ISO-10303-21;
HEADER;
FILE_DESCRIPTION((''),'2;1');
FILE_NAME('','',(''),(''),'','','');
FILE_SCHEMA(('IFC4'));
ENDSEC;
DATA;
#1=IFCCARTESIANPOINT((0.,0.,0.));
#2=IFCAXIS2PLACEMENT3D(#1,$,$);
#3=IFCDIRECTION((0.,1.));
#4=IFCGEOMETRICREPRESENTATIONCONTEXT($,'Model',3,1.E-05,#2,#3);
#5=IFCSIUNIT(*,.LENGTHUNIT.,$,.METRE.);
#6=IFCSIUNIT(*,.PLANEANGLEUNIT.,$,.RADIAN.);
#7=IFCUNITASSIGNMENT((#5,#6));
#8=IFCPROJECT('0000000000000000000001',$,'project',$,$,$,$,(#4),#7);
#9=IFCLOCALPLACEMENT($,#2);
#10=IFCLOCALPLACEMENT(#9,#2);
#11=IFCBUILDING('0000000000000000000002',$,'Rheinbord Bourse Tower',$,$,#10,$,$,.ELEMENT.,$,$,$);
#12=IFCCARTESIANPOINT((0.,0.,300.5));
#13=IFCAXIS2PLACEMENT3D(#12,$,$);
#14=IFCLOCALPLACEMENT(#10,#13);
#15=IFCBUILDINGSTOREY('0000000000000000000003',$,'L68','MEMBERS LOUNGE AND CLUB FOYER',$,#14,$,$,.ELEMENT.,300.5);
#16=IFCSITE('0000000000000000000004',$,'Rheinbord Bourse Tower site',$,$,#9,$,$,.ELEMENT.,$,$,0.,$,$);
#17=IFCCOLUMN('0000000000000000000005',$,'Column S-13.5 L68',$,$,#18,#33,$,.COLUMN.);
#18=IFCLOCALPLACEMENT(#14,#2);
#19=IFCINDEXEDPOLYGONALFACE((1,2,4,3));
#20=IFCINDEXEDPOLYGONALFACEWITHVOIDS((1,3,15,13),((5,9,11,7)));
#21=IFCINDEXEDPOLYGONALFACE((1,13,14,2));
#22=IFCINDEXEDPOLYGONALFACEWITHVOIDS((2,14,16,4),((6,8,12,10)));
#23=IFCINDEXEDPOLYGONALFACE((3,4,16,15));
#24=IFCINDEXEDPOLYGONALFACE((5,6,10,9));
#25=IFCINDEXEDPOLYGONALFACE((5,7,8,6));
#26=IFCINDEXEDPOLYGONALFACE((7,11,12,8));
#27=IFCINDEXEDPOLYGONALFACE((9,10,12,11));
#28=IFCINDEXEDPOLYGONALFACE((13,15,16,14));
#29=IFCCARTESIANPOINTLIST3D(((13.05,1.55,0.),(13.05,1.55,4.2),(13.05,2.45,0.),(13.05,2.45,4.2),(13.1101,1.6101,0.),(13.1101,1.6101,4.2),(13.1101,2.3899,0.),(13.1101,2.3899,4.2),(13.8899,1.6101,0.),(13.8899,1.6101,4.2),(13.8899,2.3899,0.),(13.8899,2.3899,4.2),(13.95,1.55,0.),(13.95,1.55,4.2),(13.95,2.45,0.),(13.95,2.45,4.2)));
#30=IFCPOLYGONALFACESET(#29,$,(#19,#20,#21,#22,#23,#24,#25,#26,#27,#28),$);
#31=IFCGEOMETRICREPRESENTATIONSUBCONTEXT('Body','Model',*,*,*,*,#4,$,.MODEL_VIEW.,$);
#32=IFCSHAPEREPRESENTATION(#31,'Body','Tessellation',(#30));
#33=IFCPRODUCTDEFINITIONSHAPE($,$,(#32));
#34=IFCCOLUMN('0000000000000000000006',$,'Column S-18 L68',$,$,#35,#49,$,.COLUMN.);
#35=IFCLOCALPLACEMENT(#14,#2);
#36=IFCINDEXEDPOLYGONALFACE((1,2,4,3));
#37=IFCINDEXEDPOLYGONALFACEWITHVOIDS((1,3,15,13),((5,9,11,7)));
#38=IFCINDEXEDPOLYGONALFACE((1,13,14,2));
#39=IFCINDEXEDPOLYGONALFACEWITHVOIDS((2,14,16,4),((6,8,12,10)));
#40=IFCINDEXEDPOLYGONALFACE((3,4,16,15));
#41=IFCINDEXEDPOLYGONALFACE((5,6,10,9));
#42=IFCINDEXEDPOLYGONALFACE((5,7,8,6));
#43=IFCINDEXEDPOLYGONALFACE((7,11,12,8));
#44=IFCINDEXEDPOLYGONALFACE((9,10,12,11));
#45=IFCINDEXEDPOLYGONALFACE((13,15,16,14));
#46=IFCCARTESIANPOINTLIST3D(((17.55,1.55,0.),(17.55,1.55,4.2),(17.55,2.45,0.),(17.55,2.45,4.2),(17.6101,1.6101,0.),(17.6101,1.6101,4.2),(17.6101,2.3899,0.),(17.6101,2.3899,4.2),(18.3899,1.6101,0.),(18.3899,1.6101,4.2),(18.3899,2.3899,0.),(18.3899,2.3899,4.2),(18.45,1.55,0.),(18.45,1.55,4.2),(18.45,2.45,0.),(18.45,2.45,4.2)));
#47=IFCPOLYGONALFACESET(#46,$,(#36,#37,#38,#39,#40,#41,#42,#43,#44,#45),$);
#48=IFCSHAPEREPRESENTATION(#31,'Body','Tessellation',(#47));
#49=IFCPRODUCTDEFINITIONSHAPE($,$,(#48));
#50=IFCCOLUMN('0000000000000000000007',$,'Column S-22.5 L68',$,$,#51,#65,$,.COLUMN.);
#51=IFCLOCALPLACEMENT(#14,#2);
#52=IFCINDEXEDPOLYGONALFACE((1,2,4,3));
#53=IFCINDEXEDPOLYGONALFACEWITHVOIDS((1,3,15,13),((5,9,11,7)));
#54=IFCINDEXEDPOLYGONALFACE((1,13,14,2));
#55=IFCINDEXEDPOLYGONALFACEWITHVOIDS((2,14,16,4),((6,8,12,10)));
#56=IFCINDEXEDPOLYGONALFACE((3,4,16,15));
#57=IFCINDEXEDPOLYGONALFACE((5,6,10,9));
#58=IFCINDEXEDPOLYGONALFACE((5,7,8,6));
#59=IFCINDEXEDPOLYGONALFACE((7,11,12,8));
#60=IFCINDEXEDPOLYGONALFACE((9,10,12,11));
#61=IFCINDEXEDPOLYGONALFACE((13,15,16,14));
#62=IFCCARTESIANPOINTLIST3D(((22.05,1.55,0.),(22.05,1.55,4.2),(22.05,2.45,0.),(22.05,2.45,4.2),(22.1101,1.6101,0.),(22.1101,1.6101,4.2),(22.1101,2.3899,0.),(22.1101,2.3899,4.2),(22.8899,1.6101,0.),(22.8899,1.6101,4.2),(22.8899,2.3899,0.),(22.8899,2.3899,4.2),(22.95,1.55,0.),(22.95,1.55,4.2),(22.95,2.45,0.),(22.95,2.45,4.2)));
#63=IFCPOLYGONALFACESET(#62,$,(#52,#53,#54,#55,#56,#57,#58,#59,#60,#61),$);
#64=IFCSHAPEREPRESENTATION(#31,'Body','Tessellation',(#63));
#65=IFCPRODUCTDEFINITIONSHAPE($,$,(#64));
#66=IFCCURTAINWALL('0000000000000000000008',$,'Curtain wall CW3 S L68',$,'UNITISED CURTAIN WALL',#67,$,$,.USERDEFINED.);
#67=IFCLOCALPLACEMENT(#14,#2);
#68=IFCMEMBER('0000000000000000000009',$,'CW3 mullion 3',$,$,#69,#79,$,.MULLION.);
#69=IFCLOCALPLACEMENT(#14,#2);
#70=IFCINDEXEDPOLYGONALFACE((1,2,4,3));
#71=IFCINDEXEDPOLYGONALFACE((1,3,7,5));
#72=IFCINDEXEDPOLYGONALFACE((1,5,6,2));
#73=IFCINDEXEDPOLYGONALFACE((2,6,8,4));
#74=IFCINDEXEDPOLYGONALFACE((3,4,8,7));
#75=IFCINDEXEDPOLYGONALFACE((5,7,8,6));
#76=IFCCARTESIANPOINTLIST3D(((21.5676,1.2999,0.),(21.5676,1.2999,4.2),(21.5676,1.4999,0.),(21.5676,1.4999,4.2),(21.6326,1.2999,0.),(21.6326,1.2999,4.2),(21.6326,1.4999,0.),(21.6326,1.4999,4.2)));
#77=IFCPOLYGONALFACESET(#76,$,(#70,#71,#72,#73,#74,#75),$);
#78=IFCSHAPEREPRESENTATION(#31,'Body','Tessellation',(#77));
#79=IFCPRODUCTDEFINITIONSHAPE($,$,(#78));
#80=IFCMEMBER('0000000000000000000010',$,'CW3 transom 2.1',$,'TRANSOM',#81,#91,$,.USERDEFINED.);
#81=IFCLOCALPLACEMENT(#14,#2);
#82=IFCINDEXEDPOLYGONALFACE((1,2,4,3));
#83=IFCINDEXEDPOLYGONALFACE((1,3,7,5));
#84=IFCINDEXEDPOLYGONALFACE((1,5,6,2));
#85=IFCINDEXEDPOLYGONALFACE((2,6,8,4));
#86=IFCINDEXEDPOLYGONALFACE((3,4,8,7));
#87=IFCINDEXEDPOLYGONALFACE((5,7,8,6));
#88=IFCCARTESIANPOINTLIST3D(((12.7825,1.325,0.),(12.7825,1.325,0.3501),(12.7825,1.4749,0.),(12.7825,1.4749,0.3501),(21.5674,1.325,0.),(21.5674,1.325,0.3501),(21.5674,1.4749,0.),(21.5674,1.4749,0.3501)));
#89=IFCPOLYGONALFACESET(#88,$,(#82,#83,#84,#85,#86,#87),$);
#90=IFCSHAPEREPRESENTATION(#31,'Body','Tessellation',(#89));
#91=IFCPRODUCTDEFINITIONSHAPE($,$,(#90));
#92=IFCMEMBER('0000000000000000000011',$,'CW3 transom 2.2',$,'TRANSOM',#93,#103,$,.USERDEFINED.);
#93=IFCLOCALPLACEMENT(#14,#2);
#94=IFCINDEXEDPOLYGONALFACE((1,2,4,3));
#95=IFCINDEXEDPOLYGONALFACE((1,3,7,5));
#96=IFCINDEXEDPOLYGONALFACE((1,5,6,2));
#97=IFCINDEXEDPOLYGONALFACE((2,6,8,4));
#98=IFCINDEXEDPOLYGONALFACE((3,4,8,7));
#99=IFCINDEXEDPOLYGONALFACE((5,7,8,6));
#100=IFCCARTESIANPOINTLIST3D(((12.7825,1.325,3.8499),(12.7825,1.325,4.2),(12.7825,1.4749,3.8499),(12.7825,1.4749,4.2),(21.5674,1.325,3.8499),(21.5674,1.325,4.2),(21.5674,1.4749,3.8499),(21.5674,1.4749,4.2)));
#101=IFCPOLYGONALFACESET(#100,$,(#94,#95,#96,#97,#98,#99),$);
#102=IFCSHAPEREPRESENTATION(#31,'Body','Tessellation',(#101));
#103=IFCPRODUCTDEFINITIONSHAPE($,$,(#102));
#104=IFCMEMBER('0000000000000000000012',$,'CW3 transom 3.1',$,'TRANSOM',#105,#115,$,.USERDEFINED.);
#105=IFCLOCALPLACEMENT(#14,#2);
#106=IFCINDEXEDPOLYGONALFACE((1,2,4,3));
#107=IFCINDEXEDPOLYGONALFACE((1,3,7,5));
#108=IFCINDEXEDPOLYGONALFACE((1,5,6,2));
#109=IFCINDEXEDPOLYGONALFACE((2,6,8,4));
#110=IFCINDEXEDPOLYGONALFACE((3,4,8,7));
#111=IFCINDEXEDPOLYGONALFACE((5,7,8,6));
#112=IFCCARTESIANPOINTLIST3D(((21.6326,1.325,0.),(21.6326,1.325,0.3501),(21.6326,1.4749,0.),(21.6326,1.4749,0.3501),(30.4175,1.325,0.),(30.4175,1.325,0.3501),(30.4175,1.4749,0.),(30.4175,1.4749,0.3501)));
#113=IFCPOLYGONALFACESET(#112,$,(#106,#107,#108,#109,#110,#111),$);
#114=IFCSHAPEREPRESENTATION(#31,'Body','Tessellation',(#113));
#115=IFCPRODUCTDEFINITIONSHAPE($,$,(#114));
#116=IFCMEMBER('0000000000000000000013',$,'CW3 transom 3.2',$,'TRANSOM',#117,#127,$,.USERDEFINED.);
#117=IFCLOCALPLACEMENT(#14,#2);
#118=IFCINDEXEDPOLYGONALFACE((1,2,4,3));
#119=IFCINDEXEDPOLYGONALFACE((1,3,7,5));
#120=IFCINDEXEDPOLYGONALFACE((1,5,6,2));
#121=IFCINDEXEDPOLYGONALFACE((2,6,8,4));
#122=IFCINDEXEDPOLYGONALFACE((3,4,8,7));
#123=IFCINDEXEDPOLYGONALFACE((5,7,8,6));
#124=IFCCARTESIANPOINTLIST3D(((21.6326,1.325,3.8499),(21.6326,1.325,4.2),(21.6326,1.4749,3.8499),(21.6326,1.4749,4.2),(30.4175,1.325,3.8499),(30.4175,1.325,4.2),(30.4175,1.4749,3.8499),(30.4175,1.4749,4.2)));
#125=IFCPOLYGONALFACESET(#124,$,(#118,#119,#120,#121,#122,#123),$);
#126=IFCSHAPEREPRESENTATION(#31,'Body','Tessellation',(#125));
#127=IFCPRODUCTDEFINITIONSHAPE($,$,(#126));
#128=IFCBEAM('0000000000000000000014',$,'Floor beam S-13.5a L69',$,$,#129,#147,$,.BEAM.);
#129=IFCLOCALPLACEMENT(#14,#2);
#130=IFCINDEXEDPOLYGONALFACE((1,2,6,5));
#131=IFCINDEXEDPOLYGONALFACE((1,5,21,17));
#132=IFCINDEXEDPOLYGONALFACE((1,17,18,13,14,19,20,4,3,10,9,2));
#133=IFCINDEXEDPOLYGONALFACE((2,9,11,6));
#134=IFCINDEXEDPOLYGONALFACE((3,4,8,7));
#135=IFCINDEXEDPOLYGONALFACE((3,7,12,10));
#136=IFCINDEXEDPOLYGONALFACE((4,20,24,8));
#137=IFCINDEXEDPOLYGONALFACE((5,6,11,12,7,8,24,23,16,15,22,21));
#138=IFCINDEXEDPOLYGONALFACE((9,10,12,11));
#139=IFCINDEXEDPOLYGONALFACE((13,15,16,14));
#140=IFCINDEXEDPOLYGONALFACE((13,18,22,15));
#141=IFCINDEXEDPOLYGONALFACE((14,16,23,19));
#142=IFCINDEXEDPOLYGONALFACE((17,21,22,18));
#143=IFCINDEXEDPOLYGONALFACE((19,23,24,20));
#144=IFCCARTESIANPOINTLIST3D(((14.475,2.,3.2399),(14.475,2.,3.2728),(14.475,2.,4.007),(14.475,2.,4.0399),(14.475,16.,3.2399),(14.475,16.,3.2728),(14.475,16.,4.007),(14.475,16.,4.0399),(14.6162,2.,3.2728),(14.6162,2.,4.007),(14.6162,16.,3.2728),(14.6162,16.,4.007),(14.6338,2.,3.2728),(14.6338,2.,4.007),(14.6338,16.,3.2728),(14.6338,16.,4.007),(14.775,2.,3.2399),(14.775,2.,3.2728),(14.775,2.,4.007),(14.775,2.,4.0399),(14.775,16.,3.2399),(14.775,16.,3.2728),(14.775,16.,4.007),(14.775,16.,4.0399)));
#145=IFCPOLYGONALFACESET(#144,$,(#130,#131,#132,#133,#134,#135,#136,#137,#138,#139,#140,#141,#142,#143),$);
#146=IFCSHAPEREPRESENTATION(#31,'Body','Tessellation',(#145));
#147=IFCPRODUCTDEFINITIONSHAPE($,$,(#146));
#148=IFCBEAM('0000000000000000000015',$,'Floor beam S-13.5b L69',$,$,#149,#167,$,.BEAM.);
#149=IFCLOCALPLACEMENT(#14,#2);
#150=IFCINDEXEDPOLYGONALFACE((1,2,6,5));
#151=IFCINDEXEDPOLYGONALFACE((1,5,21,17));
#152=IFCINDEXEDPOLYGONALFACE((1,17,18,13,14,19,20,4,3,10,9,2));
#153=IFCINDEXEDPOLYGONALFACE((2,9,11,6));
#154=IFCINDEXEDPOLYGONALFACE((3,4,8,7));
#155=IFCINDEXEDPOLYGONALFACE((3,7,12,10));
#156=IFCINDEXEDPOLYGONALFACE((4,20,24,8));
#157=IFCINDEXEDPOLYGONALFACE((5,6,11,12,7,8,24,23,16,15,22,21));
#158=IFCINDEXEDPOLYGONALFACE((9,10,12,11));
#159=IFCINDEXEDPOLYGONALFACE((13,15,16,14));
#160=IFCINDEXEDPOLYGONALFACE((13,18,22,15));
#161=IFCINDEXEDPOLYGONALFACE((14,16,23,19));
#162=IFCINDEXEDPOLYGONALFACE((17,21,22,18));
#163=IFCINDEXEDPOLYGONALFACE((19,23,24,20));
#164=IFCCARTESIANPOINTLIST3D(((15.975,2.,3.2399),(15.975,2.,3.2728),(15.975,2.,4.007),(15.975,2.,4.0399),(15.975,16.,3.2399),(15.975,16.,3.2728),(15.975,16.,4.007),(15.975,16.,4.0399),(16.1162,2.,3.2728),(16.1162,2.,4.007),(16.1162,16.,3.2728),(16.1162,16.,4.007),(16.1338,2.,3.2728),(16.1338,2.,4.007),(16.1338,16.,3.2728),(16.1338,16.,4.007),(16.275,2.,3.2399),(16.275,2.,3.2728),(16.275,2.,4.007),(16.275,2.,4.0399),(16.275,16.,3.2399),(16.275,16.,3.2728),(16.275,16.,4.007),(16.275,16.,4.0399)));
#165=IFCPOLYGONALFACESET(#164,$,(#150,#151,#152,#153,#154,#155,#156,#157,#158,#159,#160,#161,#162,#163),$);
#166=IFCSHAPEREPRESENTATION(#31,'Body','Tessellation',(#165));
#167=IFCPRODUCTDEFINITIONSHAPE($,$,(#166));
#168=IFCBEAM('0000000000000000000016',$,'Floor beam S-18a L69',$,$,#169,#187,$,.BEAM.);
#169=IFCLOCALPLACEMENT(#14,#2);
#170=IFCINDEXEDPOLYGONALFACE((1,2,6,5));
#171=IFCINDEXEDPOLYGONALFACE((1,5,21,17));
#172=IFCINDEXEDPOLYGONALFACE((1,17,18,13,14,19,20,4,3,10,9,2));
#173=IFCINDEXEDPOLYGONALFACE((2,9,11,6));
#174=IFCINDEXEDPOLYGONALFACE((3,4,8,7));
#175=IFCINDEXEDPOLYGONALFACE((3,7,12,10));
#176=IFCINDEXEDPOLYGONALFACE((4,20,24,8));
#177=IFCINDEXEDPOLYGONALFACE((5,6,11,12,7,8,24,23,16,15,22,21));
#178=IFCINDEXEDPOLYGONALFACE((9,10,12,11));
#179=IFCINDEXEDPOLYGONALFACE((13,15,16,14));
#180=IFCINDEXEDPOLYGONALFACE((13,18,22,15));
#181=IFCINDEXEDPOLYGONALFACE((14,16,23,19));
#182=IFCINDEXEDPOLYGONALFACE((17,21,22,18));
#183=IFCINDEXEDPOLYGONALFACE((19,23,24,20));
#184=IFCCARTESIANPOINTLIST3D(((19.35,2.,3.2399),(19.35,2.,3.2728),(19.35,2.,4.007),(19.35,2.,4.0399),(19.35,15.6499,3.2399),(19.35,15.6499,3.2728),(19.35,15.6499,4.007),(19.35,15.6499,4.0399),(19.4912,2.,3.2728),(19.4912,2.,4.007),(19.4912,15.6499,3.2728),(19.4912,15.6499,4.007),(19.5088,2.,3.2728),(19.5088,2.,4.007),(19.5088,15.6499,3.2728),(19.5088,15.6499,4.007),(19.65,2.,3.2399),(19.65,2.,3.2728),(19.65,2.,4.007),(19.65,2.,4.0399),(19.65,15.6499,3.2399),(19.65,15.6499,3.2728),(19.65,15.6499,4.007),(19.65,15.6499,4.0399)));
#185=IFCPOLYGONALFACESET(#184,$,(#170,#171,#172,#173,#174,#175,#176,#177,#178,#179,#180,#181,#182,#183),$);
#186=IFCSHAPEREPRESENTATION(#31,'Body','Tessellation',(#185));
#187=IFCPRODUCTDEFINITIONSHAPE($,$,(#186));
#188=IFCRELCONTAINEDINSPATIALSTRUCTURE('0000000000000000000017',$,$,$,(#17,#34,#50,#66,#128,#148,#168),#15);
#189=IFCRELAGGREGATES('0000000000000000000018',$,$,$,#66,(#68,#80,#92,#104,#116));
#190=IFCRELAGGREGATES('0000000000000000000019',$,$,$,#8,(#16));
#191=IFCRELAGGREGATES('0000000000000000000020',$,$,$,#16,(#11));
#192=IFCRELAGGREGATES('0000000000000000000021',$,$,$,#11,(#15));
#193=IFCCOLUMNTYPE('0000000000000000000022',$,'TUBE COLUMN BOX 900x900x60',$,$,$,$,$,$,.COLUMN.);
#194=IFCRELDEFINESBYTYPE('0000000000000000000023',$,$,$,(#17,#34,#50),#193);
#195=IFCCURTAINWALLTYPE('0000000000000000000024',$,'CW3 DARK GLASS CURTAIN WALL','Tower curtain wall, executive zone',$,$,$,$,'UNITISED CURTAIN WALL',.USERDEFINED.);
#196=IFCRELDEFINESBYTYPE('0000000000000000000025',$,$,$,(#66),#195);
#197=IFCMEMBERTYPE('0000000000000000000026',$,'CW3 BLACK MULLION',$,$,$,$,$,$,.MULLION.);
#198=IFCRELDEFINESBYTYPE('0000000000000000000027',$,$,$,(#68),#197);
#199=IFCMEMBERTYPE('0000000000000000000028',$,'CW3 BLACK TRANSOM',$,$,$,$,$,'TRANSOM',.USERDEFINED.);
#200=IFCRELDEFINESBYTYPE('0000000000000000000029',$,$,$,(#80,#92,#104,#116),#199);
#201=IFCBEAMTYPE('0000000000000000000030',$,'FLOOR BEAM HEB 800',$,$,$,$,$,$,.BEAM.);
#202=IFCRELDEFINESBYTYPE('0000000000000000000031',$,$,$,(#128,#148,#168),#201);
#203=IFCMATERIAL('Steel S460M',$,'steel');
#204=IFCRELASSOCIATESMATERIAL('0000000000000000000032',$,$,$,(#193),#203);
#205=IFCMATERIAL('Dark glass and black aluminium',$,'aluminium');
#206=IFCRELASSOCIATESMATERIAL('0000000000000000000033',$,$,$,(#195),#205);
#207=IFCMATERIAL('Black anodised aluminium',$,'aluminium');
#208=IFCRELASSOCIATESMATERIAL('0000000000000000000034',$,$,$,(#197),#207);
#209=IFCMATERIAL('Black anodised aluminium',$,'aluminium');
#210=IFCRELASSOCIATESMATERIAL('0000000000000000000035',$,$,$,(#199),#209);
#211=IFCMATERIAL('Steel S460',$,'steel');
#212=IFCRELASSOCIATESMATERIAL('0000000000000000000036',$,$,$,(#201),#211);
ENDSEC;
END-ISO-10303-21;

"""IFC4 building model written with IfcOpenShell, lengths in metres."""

from ifc_helpers import new_model, si_unit, direction, frame, origin, origin_2d, place, context, subcontext, project, spatial, rectangle, hollow_rectangle, i_section, extrude, material, material_profile, profile_set, type_object, element, aggregate, save


model = new_model("IFC4")

# Units and contexts
model_context = context("Model", 3, precision=1e-05, world=origin(), true_north=direction((0.0, 1.0)))
body_context = subcontext(model_context, "Body", "Model", "MODEL_VIEW")
ifc_project = project(units=[si_unit("LENGTHUNIT", "METRE"), si_unit("PLANEANGLEUNIT", "RADIAN")], contexts=[model_context])

# Site, building, storey
site_placement = place(None, origin())
site = spatial("IfcSite", under=ifc_project, at=site_placement, Name="Rheinbord Bourse Tower site", CompositionType="ELEMENT", RefElevation=0.0)
building_placement = place(site_placement, origin())
building = spatial("IfcBuilding", under=site, at=building_placement, Name="Rheinbord Bourse Tower", CompositionType="ELEMENT")
storey_placement = place(building_placement, frame((0.0, 0.0, 300.5)))
storey = spatial("IfcBuildingStorey", under=building, at=storey_placement, Name="L68", Description="MEMBERS LOUNGE AND CLUB FOYER", CompositionType="ELEMENT", Elevation=300.5)

# Columns
ifc_material_1 = material(Name="Steel S460M", Category="steel")
ifc_material_profile_1 = material_profile(ifc_material_1, hollow_rectangle(XDim=0.8999, YDim=0.8999, WallThickness=0.0601, at=origin_2d()), Name="BOX 900x900x60")
ifc_profile_set_1 = profile_set([ifc_material_profile_1], Name="Steel S460M")
column_type = type_object("IfcColumnType", Name="TUBE COLUMN BOX 900x900x60", PredefinedType="COLUMN", material=ifc_profile_set_1)
for number, where, z_axis, x_axis, name in (
    (1, (13.5, 2.0, 0.0), (0.0, 0.0, 1.0), (0.0, 1.0, 0.0), "Column S-13.5 L68"),
    (2, (18.0, 2.0, 0.0), (0.0, 0.0, 1.0), (0.0, 1.0, 0.0), "Column S-18 L68"),
    (3, (22.5, 2.0, 0.0), (0.0, 0.0, 1.0), (0.0, 1.0, 0.0), "Column S-22.5 L68"),
):
    element("IfcColumn", number, at=place(storey_placement, frame(where, z_axis=z_axis, x_axis=x_axis)), inside=storey, type_object=column_type, Name=name, PredefinedType="COLUMN", context=body_context, shape_type="SweptSolid", body=[
        extrude(hollow_rectangle(XDim=0.8999, YDim=0.8999, WallThickness=0.0601, at=origin_2d()), origin(), (0.0, 0.0, 1.0), 4.2),
    ])

# Curtain wall, members
ifc_material_2 = material(Name="Dark glass and black aluminium", Category="aluminium")
curtain_wall_type = type_object("IfcCurtainWallType", Name="CW3 DARK GLASS CURTAIN WALL", Description="Tower curtain wall, executive zone", ElementType="UNITISED CURTAIN WALL", PredefinedType="USERDEFINED", material=ifc_material_2)
curtain_wall_placement = place(storey_placement, origin())
curtain_wall = element("IfcCurtainWall", 4, at=curtain_wall_placement, inside=storey, type_object=curtain_wall_type, Name="Curtain wall CW3 S L68", ObjectType="UNITISED CURTAIN WALL", PredefinedType="USERDEFINED")
ifc_material_3 = material(Name="Black anodised aluminium", Category="aluminium")
ifc_material_profile_2 = material_profile(ifc_material_3, rectangle(XDim=0.2, YDim=0.0649, at=origin_2d()), Name="CW3 MULLION 65x200")
ifc_profile_set_2 = profile_set([ifc_material_profile_2], Name="Black anodised aluminium")
member_type_1 = type_object("IfcMemberType", Name="CW3 BLACK MULLION", PredefinedType="MULLION", material=ifc_profile_set_2)
member_1_placement = place(storey_placement, frame((21.6001, 1.3999, 0.0), z_axis=(0.0, 0.0, 1.0), x_axis=(0.0, 1.0, 0.0)))
member_1 = element("IfcMember", 5, at=member_1_placement, type_object=member_type_1, Name="CW3 mullion 3", PredefinedType="MULLION", context=body_context, shape_type="SweptSolid", body=[
    extrude(rectangle(XDim=0.2, YDim=0.0649, at=origin_2d()), origin(), (0.0, 0.0, 1.0), 4.2),
])
ifc_material_4 = material(Name="Black anodised aluminium", Category="aluminium")
ifc_material_profile_3 = material_profile(ifc_material_4, rectangle(XDim=0.1499, YDim=0.3501, at=origin_2d()), Name="CW3 TRANSOM 350x150")
ifc_profile_set_3 = profile_set([ifc_material_profile_3], Name="Black anodised aluminium")
member_type_2 = type_object("IfcMemberType", Name="CW3 BLACK TRANSOM", ElementType="TRANSOM", PredefinedType="USERDEFINED", material=ifc_profile_set_3)
member_2_placement = place(storey_placement, frame((12.7825, 1.3999, 0.175), z_axis=(1.0, 0.0, 0.0), x_axis=(0.0, 1.0, 0.0)))
member_2 = element("IfcMember", 6, at=member_2_placement, type_object=member_type_2, Name="CW3 transom 2.1", ObjectType="TRANSOM", PredefinedType="USERDEFINED", context=body_context, shape_type="SweptSolid", body=[
    extrude(rectangle(XDim=0.1499, YDim=0.3501, at=origin_2d()), origin(), (0.0, 0.0, 1.0), 8.7849),
])
member_3_placement = place(storey_placement, frame((12.7825, 1.3999, 4.0249), z_axis=(1.0, 0.0, 0.0), x_axis=(0.0, 1.0, 0.0)))
member_3 = element("IfcMember", 7, at=member_3_placement, type_object=member_type_2, Name="CW3 transom 2.2", ObjectType="TRANSOM", PredefinedType="USERDEFINED", context=body_context, shape_type="SweptSolid", body=[
    extrude(rectangle(XDim=0.1499, YDim=0.3501, at=origin_2d()), origin(), (0.0, 0.0, 1.0), 8.7849),
])
member_4_placement = place(storey_placement, frame((21.6326, 1.3999, 0.175), z_axis=(1.0, 0.0, 0.0), x_axis=(0.0, 1.0, 0.0)))
member_4 = element("IfcMember", 8, at=member_4_placement, type_object=member_type_2, Name="CW3 transom 3.1", ObjectType="TRANSOM", PredefinedType="USERDEFINED", context=body_context, shape_type="SweptSolid", body=[
    extrude(rectangle(XDim=0.1499, YDim=0.3501, at=origin_2d()), origin(), (0.0, 0.0, 1.0), 8.7849),
])
member_5_placement = place(storey_placement, frame((21.6326, 1.3999, 4.0249), z_axis=(1.0, 0.0, 0.0), x_axis=(0.0, 1.0, 0.0)))
member_5 = element("IfcMember", 9, at=member_5_placement, type_object=member_type_2, Name="CW3 transom 3.2", ObjectType="TRANSOM", PredefinedType="USERDEFINED", context=body_context, shape_type="SweptSolid", body=[
    extrude(rectangle(XDim=0.1499, YDim=0.3501, at=origin_2d()), origin(), (0.0, 0.0, 1.0), 8.7849),
])

# Beams
ifc_material_5 = material(Name="Steel S460", Category="steel")
ifc_material_profile_4 = material_profile(ifc_material_5, i_section(OverallWidth=0.3, OverallDepth=0.8, WebThickness=0.0176, FlangeThickness=0.033, at=origin_2d()), Name="HEB 800")
ifc_profile_set_4 = profile_set([ifc_material_profile_4], Name="Steel S460")
beam_type_1 = type_object("IfcBeamType", Name="FLOOR BEAM HEB 800", PredefinedType="BEAM", material=ifc_profile_set_4)
for number, where, z_axis, x_axis, name in (
    (10, (14.625, 2.0, 3.6399), (0.0, 1.0, 0.0), (-1.0, 0.0, 0.0), "Floor beam S-13.5a L69"),
    (11, (16.125, 2.0, 3.6399), (0.0, 1.0, 0.0), (-1.0, 0.0, 0.0), "Floor beam S-13.5b L69"),
):
    element("IfcBeam", number, at=place(storey_placement, frame(where, z_axis=z_axis, x_axis=x_axis)), inside=storey, type_object=beam_type_1, Name=name, PredefinedType="BEAM", context=body_context, shape_type="SweptSolid", body=[
        extrude(i_section(OverallWidth=0.3, OverallDepth=0.8, WebThickness=0.0176, FlangeThickness=0.033, at=origin_2d()), origin(), (0.0, 0.0, 1.0), 14.0),
    ])
for number, where, z_axis, x_axis, name in (
    (12, (19.5, 2.0, 3.6399), (0.0, 1.0, 0.0), (-1.0, 0.0, 0.0), "Floor beam S-18a L69"),
):
    element("IfcBeam", number, at=place(storey_placement, frame(where, z_axis=z_axis, x_axis=x_axis)), inside=storey, type_object=beam_type_1, Name=name, PredefinedType="BEAM", context=body_context, shape_type="SweptSolid", body=[
        extrude(i_section(OverallWidth=0.3, OverallDepth=0.8, WebThickness=0.0176, FlangeThickness=0.033, at=origin_2d()), origin(), (0.0, 0.0, 1.0), 13.6499),
    ])

aggregate(curtain_wall, [member_1, member_2, member_3, member_4, member_5])

save(model, "model.ifc")
